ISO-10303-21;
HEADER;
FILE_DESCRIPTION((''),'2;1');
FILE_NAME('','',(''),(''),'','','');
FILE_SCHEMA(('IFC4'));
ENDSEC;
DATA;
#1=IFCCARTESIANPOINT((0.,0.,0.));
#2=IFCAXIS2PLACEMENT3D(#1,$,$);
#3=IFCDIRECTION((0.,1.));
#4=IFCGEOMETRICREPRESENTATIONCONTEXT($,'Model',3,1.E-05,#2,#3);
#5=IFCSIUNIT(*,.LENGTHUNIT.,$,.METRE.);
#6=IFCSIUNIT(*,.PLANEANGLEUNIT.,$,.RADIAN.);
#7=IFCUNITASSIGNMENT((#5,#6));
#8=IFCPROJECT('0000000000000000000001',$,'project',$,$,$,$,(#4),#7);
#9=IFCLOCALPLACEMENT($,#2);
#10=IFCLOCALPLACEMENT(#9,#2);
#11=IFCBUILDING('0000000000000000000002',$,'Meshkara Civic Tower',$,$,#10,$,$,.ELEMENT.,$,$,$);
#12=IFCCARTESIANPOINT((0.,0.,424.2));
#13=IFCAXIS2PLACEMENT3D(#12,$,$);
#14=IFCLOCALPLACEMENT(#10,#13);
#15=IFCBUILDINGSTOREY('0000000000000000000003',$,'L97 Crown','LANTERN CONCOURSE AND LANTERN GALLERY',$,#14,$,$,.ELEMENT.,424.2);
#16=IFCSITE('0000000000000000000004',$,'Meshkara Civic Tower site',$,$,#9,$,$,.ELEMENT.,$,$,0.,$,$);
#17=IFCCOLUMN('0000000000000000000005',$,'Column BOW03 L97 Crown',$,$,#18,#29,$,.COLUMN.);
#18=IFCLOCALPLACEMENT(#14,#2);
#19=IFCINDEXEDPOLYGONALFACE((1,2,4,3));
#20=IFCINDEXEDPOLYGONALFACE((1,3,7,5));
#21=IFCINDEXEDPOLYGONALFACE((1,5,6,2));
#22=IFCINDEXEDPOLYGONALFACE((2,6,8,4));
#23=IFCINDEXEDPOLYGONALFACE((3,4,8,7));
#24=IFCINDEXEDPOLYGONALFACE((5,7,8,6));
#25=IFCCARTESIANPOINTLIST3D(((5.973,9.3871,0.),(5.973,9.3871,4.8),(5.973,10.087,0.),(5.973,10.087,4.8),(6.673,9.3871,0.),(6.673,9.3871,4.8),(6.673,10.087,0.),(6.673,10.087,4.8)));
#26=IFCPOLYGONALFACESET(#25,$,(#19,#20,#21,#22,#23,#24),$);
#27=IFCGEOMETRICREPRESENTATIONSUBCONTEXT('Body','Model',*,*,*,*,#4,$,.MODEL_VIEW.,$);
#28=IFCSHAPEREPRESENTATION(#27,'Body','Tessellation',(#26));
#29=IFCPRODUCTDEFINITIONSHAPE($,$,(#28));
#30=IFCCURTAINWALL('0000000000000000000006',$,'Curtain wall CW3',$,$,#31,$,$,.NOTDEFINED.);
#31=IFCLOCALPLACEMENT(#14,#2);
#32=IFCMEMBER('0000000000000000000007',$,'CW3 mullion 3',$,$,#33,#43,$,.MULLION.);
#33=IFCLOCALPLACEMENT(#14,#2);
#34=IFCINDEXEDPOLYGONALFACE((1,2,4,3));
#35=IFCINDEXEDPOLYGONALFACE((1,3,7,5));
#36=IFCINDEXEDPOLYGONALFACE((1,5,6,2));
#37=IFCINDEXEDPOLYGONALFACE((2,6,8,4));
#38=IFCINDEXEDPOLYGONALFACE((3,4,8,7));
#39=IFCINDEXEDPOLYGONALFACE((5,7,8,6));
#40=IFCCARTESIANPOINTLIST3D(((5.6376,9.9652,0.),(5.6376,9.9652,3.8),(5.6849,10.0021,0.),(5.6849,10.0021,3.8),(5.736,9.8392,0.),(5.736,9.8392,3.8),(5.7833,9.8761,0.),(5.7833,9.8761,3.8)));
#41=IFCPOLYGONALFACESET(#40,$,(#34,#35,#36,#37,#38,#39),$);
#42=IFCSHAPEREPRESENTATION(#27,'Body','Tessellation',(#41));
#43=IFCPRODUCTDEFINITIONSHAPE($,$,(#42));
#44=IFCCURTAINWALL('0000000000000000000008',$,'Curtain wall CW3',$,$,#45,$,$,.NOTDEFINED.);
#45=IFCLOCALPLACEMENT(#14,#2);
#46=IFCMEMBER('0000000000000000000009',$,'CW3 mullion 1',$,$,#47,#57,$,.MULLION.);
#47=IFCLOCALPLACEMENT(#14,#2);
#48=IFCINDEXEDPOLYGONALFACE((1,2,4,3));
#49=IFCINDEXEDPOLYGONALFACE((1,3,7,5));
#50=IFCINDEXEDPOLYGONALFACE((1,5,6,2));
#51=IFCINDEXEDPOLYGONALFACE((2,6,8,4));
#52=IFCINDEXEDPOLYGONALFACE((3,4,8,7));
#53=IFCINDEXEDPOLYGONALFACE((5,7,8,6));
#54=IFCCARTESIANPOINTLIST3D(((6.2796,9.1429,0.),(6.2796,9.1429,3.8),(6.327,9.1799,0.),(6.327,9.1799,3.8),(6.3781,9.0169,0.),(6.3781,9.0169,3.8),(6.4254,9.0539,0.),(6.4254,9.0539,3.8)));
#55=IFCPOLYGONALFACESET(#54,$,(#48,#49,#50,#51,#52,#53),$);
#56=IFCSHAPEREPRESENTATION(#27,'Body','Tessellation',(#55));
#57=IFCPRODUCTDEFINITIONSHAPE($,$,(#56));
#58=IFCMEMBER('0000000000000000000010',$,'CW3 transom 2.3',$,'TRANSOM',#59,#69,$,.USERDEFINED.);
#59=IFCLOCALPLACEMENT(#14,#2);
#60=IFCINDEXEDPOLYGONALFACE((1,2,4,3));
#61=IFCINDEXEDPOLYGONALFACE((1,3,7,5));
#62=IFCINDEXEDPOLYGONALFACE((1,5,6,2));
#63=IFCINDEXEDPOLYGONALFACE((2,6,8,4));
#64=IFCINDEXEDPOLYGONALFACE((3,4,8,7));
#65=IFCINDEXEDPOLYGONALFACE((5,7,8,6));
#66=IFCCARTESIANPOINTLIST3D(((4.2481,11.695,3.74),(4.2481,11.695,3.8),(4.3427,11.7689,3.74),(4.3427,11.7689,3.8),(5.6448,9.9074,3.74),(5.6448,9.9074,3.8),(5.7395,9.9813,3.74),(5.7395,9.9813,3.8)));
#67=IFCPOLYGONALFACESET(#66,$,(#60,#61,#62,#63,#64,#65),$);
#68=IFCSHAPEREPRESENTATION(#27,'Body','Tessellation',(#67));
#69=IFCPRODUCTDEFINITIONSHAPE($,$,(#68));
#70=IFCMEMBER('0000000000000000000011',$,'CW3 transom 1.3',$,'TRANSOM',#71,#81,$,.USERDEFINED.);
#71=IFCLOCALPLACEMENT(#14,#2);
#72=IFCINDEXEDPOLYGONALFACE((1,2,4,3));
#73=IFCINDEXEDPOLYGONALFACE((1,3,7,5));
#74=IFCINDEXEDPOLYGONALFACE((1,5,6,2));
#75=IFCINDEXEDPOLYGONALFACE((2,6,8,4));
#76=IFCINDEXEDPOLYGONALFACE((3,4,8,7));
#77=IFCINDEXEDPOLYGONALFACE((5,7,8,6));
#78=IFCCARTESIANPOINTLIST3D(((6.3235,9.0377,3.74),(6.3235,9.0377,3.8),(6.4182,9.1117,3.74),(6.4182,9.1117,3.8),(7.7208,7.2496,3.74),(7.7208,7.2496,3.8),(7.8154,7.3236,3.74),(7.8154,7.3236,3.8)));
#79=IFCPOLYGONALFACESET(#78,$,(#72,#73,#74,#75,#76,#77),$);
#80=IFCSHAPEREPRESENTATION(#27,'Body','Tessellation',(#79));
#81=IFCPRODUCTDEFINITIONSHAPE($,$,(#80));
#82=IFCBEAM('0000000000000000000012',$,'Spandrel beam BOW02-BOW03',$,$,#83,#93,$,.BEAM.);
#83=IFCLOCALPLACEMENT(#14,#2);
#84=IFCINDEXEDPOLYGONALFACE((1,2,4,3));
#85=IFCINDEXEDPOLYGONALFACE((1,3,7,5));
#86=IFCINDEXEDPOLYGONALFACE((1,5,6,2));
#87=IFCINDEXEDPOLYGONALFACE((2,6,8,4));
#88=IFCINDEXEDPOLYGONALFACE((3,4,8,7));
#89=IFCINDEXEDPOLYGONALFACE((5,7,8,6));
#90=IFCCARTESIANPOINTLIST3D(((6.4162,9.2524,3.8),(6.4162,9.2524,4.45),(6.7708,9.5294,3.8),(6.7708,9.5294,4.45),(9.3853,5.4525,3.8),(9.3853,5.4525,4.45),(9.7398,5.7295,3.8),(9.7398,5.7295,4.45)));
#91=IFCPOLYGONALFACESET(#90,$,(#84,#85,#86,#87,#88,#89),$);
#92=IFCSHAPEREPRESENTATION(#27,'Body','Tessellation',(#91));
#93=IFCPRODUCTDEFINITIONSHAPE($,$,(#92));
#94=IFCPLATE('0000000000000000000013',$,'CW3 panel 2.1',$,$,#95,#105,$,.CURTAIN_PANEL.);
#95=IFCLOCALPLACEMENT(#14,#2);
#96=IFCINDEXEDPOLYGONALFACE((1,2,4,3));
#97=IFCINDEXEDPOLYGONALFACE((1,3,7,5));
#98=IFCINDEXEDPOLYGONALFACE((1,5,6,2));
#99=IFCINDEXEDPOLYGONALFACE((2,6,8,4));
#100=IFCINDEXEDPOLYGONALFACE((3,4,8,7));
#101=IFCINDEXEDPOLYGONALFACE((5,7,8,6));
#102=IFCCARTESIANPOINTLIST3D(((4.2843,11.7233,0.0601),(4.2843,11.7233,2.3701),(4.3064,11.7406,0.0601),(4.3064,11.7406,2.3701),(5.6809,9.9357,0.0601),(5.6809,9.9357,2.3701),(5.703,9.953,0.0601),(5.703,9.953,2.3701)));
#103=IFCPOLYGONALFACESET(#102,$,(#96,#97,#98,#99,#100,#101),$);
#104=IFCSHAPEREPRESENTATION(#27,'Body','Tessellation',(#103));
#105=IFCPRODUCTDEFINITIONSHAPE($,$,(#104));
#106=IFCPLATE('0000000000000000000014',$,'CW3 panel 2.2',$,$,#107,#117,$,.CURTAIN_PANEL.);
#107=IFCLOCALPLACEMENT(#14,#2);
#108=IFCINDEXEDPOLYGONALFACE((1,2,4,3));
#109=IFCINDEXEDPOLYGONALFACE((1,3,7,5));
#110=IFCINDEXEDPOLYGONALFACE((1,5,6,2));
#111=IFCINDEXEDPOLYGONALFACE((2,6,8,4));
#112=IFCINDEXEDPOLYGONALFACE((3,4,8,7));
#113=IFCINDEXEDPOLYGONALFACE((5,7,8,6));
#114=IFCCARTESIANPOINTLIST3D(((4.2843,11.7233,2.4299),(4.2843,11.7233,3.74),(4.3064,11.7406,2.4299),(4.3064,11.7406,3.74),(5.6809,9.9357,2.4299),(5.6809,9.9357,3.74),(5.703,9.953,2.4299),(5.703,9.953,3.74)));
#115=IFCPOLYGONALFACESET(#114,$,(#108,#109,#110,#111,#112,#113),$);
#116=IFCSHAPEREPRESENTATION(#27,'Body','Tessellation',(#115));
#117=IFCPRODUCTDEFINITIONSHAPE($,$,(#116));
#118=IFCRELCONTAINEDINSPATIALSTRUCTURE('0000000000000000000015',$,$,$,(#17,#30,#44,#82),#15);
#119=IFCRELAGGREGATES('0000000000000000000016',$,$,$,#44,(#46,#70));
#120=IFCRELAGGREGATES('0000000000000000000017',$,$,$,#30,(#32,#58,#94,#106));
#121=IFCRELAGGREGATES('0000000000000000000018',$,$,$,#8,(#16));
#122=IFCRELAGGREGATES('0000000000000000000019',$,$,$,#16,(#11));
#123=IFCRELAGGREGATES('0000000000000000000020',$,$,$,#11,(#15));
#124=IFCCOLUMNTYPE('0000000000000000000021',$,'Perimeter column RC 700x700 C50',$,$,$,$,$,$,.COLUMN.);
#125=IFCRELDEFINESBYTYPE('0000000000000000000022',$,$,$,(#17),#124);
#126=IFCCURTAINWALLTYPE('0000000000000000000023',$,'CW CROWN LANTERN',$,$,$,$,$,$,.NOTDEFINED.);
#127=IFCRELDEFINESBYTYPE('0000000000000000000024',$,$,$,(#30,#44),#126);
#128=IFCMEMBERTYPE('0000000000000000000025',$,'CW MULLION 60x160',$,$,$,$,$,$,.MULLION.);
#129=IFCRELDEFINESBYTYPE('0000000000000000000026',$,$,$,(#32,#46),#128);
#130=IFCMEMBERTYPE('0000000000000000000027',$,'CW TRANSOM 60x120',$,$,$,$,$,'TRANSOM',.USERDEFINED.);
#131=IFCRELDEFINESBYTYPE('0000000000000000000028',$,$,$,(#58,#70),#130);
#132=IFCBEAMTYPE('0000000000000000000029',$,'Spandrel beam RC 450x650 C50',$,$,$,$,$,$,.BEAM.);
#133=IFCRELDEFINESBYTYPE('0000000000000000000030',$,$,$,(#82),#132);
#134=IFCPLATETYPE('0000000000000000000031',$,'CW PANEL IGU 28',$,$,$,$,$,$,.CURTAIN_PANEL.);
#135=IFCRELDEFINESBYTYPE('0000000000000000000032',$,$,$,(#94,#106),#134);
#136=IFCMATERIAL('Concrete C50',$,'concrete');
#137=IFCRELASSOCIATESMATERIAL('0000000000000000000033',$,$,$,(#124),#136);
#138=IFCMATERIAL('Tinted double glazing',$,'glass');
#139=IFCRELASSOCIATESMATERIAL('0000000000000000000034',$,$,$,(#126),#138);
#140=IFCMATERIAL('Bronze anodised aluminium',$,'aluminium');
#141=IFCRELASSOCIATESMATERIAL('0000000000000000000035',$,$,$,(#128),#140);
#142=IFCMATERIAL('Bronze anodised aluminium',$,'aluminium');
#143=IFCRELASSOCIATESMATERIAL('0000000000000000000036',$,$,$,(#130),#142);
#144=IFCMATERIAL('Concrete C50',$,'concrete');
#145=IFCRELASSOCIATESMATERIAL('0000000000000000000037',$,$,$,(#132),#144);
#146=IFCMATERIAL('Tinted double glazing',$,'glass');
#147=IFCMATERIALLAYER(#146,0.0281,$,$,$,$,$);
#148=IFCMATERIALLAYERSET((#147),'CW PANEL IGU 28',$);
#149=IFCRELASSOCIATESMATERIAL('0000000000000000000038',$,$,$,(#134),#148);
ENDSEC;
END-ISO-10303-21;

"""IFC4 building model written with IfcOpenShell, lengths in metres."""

from ifc_helpers import new_model, si_unit, direction, frame, origin, origin_2d, place, context, subcontext, project, spatial, rectangle, extrude, material, layer, layer_set, material_profile, profile_set, type_object, element, aggregate, save


model = new_model("IFC4")

# Units and contexts
model_context = context("Model", 3, precision=1e-05, world=origin(), true_north=direction((0.0, 1.0)))
body_context = subcontext(model_context, "Body", "Model", "MODEL_VIEW")
ifc_project = project(units=[si_unit("LENGTHUNIT", "METRE"), si_unit("PLANEANGLEUNIT", "RADIAN")], contexts=[model_context])

# Site, building, storey
site_placement = place(None, origin())
site = spatial("IfcSite", under=ifc_project, at=site_placement, Name="Meshkara Civic Tower site", CompositionType="ELEMENT", RefElevation=0.0)
building_placement = place(site_placement, origin())
building = spatial("IfcBuilding", under=site, at=building_placement, Name="Meshkara Civic Tower", CompositionType="ELEMENT")
storey_placement = place(building_placement, frame((0.0, 0.0, 424.2)))
storey = spatial("IfcBuildingStorey", under=building, at=storey_placement, Name="L97 Crown", Description="LANTERN CONCOURSE AND LANTERN GALLERY", CompositionType="ELEMENT", Elevation=424.2)

# Column
ifc_material_1 = material(Name="Concrete C50", Category="concrete")
ifc_material_profile_1 = material_profile(ifc_material_1, rectangle(XDim=0.7, YDim=0.7, at=origin_2d()))
ifc_profile_set_1 = profile_set([ifc_material_profile_1], Name="Concrete C50")
column_type = type_object("IfcColumnType", Name="Perimeter column RC 700x700 C50", PredefinedType="COLUMN", material=ifc_profile_set_1)
column_placement = place(storey_placement, frame((6.323, 9.7371, 0.0), z_axis=(0.0, 0.0, 1.0), x_axis=(1.0, 0.0, 0.0)))
element("IfcColumn", 1, at=column_placement, inside=storey, type_object=column_type, Name="Column BOW03 L97 Crown", PredefinedType="COLUMN", context=body_context, shape_type="SweptSolid", body=[
    extrude(rectangle(XDim=0.7, YDim=0.7, at=origin_2d()), origin(), (0.0, 0.0, 1.0), 4.8),
])

# Curtain walls, members
ifc_material_2 = material(Name="Tinted double glazing", Category="glass")
curtain_wall_type = type_object("IfcCurtainWallType", Name="CW CROWN LANTERN", PredefinedType="NOTDEFINED", material=ifc_material_2)
curtain_wall_1_placement = place(storey_placement, origin())
curtain_wall_1 = element("IfcCurtainWall", 2, at=curtain_wall_1_placement, inside=storey, type_object=curtain_wall_type, Name="Curtain wall CW3", PredefinedType="NOTDEFINED")
ifc_material_3 = material(Name="Bronze anodised aluminium", Category="aluminium")
ifc_material_profile_2 = material_profile(ifc_material_3, rectangle(XDim=0.0601, YDim=0.1599, at=origin_2d()))
ifc_profile_set_2 = profile_set([ifc_material_profile_2], Name="Bronze anodised aluminium")
member_type_1 = type_object("IfcMemberType", Name="CW MULLION 60x160", PredefinedType="MULLION", material=ifc_profile_set_2)
member_1_placement = place(storey_placement, frame((5.7104, 9.9207, 0.0), z_axis=(0.0, 0.0, 1.0), x_axis=(0.788015, 0.615656, 0.0)))
member_1 = element("IfcMember", 3, at=member_1_placement, type_object=member_type_1, Name="CW3 mullion 3", PredefinedType="MULLION", context=body_context, shape_type="SweptSolid", body=[
    extrude(rectangle(XDim=0.0601, YDim=0.1599, at=origin_2d()), origin(), (0.0, 0.0, 1.0), 3.8),
])
curtain_wall_2_placement = place(storey_placement, origin())
curtain_wall_2 = element("IfcCurtainWall", 4, at=curtain_wall_2_placement, inside=storey, type_object=curtain_wall_type, Name="Curtain wall CW3", PredefinedType="NOTDEFINED")
member_2_placement = place(storey_placement, frame((6.3525, 9.0984, 0.0), z_axis=(0.0, 0.0, 1.0), x_axis=(0.787992, 0.615685, 0.0)))
member_2 = element("IfcMember", 5, at=member_2_placement, type_object=member_type_1, Name="CW3 mullion 1", PredefinedType="MULLION", context=body_context, shape_type="SweptSolid", body=[
    extrude(rectangle(XDim=0.0601, YDim=0.1599, at=origin_2d()), origin(), (0.0, 0.0, 1.0), 3.8),
])

# Members
ifc_material_4 = material(Name="Bronze anodised aluminium", Category="aluminium")
ifc_material_profile_3 = material_profile(ifc_material_4, rectangle(XDim=0.1201, YDim=0.0601, at=origin_2d()))
ifc_profile_set_3 = profile_set([ifc_material_profile_3], Name="Bronze anodised aluminium")
member_type_2 = type_object("IfcMemberType", Name="CW TRANSOM 60x120", ElementType="TRANSOM", PredefinedType="USERDEFINED", material=ifc_profile_set_3)
member_3_placement = place(storey_placement, frame((4.2954, 11.7319, 3.77), z_axis=(0.61569, -0.787988, 0.0), x_axis=(0.787988, 0.61569, 0.0)))
member_3 = element("IfcMember", 6, at=member_3_placement, type_object=member_type_2, Name="CW3 transom 2.3", ObjectType="TRANSOM", PredefinedType="USERDEFINED", context=body_context, shape_type="SweptSolid", body=[
    extrude(rectangle(XDim=0.1201, YDim=0.0601, at=origin_2d()), origin(), (0.0, 0.0, 1.0), 2.2686),
])
member_4_placement = place(storey_placement, frame((6.3708, 9.0747, 3.77), z_axis=(0.615719, -0.787966, 0.0), x_axis=(0.787966, 0.615719, 0.0)))
member_4 = element("IfcMember", 7, at=member_4_placement, type_object=member_type_2, Name="CW3 transom 1.3", ObjectType="TRANSOM", PredefinedType="USERDEFINED", context=body_context, shape_type="SweptSolid", body=[
    extrude(rectangle(XDim=0.1201, YDim=0.0601, at=origin_2d()), origin(), (0.0, 0.0, 1.0), 2.2693),
])
aggregate(curtain_wall_2, [member_2, member_4])

# Beam
ifc_material_5 = material(Name="Concrete C50", Category="concrete")
ifc_material_profile_4 = material_profile(ifc_material_5, rectangle(XDim=0.45, YDim=0.6499, at=origin_2d()))
ifc_profile_set_4 = profile_set([ifc_material_profile_4], Name="Concrete C50")
beam_type = type_object("IfcBeamType", Name="Spandrel beam RC 450x650 C50", PredefinedType="BEAM", material=ifc_profile_set_4)
beam_placement = place(storey_placement, frame((6.5935, 9.3909, 4.125), z_axis=(0.615695, -0.787984, 0.0), x_axis=(0.787984, 0.615695, 0.0)))
element("IfcBeam", 8, at=beam_placement, inside=storey, type_object=beam_type, Name="Spandrel beam BOW02-BOW03", PredefinedType="BEAM", context=body_context, shape_type="SweptSolid", body=[
    extrude(rectangle(XDim=0.45, YDim=0.6499, at=origin_2d()), origin(), (0.0, 0.0, 1.0), 4.8223),
])

# Plates
ifc_material_6 = material(Name="Tinted double glazing", Category="glass")
ifc_layer = layer(ifc_material_6, 0.0281)
ifc_layer_set = layer_set([ifc_layer], Name="CW PANEL IGU 28")
plate_type = type_object("IfcPlateType", Name="CW PANEL IGU 28", PredefinedType="CURTAIN_PANEL", material=ifc_layer_set)
plate_1_placement = place(storey_placement, frame((4.9937, 10.8381, 0.0601), z_axis=(0.0, 0.0, 1.0), x_axis=(0.615656, -0.788015, 0.0)))
plate_1 = element("IfcPlate", 9, at=plate_1_placement, type_object=plate_type, Name="CW3 panel 2.1", PredefinedType="CURTAIN_PANEL", context=body_context, shape_type="SweptSolid", body=[
    extrude(rectangle(XDim=2.2686, YDim=0.0281, at=origin_2d()), origin(), (0.0, 0.0, 1.0), 2.3101),
])
plate_2_placement = place(storey_placement, frame((4.9937, 10.8381, 2.4299), z_axis=(0.0, 0.0, 1.0), x_axis=(0.615656, -0.788015, 0.0)))
plate_2 = element("IfcPlate", 10, at=plate_2_placement, type_object=plate_type, Name="CW3 panel 2.2", PredefinedType="CURTAIN_PANEL", context=body_context, shape_type="SweptSolid", body=[
    extrude(rectangle(XDim=2.2686, YDim=0.0281, at=origin_2d()), origin(), (0.0, 0.0, 1.0), 1.3101),
])
aggregate(curtain_wall_1, [member_1, member_3, plate_1, plate_2])

save(model, "model.ifc")
